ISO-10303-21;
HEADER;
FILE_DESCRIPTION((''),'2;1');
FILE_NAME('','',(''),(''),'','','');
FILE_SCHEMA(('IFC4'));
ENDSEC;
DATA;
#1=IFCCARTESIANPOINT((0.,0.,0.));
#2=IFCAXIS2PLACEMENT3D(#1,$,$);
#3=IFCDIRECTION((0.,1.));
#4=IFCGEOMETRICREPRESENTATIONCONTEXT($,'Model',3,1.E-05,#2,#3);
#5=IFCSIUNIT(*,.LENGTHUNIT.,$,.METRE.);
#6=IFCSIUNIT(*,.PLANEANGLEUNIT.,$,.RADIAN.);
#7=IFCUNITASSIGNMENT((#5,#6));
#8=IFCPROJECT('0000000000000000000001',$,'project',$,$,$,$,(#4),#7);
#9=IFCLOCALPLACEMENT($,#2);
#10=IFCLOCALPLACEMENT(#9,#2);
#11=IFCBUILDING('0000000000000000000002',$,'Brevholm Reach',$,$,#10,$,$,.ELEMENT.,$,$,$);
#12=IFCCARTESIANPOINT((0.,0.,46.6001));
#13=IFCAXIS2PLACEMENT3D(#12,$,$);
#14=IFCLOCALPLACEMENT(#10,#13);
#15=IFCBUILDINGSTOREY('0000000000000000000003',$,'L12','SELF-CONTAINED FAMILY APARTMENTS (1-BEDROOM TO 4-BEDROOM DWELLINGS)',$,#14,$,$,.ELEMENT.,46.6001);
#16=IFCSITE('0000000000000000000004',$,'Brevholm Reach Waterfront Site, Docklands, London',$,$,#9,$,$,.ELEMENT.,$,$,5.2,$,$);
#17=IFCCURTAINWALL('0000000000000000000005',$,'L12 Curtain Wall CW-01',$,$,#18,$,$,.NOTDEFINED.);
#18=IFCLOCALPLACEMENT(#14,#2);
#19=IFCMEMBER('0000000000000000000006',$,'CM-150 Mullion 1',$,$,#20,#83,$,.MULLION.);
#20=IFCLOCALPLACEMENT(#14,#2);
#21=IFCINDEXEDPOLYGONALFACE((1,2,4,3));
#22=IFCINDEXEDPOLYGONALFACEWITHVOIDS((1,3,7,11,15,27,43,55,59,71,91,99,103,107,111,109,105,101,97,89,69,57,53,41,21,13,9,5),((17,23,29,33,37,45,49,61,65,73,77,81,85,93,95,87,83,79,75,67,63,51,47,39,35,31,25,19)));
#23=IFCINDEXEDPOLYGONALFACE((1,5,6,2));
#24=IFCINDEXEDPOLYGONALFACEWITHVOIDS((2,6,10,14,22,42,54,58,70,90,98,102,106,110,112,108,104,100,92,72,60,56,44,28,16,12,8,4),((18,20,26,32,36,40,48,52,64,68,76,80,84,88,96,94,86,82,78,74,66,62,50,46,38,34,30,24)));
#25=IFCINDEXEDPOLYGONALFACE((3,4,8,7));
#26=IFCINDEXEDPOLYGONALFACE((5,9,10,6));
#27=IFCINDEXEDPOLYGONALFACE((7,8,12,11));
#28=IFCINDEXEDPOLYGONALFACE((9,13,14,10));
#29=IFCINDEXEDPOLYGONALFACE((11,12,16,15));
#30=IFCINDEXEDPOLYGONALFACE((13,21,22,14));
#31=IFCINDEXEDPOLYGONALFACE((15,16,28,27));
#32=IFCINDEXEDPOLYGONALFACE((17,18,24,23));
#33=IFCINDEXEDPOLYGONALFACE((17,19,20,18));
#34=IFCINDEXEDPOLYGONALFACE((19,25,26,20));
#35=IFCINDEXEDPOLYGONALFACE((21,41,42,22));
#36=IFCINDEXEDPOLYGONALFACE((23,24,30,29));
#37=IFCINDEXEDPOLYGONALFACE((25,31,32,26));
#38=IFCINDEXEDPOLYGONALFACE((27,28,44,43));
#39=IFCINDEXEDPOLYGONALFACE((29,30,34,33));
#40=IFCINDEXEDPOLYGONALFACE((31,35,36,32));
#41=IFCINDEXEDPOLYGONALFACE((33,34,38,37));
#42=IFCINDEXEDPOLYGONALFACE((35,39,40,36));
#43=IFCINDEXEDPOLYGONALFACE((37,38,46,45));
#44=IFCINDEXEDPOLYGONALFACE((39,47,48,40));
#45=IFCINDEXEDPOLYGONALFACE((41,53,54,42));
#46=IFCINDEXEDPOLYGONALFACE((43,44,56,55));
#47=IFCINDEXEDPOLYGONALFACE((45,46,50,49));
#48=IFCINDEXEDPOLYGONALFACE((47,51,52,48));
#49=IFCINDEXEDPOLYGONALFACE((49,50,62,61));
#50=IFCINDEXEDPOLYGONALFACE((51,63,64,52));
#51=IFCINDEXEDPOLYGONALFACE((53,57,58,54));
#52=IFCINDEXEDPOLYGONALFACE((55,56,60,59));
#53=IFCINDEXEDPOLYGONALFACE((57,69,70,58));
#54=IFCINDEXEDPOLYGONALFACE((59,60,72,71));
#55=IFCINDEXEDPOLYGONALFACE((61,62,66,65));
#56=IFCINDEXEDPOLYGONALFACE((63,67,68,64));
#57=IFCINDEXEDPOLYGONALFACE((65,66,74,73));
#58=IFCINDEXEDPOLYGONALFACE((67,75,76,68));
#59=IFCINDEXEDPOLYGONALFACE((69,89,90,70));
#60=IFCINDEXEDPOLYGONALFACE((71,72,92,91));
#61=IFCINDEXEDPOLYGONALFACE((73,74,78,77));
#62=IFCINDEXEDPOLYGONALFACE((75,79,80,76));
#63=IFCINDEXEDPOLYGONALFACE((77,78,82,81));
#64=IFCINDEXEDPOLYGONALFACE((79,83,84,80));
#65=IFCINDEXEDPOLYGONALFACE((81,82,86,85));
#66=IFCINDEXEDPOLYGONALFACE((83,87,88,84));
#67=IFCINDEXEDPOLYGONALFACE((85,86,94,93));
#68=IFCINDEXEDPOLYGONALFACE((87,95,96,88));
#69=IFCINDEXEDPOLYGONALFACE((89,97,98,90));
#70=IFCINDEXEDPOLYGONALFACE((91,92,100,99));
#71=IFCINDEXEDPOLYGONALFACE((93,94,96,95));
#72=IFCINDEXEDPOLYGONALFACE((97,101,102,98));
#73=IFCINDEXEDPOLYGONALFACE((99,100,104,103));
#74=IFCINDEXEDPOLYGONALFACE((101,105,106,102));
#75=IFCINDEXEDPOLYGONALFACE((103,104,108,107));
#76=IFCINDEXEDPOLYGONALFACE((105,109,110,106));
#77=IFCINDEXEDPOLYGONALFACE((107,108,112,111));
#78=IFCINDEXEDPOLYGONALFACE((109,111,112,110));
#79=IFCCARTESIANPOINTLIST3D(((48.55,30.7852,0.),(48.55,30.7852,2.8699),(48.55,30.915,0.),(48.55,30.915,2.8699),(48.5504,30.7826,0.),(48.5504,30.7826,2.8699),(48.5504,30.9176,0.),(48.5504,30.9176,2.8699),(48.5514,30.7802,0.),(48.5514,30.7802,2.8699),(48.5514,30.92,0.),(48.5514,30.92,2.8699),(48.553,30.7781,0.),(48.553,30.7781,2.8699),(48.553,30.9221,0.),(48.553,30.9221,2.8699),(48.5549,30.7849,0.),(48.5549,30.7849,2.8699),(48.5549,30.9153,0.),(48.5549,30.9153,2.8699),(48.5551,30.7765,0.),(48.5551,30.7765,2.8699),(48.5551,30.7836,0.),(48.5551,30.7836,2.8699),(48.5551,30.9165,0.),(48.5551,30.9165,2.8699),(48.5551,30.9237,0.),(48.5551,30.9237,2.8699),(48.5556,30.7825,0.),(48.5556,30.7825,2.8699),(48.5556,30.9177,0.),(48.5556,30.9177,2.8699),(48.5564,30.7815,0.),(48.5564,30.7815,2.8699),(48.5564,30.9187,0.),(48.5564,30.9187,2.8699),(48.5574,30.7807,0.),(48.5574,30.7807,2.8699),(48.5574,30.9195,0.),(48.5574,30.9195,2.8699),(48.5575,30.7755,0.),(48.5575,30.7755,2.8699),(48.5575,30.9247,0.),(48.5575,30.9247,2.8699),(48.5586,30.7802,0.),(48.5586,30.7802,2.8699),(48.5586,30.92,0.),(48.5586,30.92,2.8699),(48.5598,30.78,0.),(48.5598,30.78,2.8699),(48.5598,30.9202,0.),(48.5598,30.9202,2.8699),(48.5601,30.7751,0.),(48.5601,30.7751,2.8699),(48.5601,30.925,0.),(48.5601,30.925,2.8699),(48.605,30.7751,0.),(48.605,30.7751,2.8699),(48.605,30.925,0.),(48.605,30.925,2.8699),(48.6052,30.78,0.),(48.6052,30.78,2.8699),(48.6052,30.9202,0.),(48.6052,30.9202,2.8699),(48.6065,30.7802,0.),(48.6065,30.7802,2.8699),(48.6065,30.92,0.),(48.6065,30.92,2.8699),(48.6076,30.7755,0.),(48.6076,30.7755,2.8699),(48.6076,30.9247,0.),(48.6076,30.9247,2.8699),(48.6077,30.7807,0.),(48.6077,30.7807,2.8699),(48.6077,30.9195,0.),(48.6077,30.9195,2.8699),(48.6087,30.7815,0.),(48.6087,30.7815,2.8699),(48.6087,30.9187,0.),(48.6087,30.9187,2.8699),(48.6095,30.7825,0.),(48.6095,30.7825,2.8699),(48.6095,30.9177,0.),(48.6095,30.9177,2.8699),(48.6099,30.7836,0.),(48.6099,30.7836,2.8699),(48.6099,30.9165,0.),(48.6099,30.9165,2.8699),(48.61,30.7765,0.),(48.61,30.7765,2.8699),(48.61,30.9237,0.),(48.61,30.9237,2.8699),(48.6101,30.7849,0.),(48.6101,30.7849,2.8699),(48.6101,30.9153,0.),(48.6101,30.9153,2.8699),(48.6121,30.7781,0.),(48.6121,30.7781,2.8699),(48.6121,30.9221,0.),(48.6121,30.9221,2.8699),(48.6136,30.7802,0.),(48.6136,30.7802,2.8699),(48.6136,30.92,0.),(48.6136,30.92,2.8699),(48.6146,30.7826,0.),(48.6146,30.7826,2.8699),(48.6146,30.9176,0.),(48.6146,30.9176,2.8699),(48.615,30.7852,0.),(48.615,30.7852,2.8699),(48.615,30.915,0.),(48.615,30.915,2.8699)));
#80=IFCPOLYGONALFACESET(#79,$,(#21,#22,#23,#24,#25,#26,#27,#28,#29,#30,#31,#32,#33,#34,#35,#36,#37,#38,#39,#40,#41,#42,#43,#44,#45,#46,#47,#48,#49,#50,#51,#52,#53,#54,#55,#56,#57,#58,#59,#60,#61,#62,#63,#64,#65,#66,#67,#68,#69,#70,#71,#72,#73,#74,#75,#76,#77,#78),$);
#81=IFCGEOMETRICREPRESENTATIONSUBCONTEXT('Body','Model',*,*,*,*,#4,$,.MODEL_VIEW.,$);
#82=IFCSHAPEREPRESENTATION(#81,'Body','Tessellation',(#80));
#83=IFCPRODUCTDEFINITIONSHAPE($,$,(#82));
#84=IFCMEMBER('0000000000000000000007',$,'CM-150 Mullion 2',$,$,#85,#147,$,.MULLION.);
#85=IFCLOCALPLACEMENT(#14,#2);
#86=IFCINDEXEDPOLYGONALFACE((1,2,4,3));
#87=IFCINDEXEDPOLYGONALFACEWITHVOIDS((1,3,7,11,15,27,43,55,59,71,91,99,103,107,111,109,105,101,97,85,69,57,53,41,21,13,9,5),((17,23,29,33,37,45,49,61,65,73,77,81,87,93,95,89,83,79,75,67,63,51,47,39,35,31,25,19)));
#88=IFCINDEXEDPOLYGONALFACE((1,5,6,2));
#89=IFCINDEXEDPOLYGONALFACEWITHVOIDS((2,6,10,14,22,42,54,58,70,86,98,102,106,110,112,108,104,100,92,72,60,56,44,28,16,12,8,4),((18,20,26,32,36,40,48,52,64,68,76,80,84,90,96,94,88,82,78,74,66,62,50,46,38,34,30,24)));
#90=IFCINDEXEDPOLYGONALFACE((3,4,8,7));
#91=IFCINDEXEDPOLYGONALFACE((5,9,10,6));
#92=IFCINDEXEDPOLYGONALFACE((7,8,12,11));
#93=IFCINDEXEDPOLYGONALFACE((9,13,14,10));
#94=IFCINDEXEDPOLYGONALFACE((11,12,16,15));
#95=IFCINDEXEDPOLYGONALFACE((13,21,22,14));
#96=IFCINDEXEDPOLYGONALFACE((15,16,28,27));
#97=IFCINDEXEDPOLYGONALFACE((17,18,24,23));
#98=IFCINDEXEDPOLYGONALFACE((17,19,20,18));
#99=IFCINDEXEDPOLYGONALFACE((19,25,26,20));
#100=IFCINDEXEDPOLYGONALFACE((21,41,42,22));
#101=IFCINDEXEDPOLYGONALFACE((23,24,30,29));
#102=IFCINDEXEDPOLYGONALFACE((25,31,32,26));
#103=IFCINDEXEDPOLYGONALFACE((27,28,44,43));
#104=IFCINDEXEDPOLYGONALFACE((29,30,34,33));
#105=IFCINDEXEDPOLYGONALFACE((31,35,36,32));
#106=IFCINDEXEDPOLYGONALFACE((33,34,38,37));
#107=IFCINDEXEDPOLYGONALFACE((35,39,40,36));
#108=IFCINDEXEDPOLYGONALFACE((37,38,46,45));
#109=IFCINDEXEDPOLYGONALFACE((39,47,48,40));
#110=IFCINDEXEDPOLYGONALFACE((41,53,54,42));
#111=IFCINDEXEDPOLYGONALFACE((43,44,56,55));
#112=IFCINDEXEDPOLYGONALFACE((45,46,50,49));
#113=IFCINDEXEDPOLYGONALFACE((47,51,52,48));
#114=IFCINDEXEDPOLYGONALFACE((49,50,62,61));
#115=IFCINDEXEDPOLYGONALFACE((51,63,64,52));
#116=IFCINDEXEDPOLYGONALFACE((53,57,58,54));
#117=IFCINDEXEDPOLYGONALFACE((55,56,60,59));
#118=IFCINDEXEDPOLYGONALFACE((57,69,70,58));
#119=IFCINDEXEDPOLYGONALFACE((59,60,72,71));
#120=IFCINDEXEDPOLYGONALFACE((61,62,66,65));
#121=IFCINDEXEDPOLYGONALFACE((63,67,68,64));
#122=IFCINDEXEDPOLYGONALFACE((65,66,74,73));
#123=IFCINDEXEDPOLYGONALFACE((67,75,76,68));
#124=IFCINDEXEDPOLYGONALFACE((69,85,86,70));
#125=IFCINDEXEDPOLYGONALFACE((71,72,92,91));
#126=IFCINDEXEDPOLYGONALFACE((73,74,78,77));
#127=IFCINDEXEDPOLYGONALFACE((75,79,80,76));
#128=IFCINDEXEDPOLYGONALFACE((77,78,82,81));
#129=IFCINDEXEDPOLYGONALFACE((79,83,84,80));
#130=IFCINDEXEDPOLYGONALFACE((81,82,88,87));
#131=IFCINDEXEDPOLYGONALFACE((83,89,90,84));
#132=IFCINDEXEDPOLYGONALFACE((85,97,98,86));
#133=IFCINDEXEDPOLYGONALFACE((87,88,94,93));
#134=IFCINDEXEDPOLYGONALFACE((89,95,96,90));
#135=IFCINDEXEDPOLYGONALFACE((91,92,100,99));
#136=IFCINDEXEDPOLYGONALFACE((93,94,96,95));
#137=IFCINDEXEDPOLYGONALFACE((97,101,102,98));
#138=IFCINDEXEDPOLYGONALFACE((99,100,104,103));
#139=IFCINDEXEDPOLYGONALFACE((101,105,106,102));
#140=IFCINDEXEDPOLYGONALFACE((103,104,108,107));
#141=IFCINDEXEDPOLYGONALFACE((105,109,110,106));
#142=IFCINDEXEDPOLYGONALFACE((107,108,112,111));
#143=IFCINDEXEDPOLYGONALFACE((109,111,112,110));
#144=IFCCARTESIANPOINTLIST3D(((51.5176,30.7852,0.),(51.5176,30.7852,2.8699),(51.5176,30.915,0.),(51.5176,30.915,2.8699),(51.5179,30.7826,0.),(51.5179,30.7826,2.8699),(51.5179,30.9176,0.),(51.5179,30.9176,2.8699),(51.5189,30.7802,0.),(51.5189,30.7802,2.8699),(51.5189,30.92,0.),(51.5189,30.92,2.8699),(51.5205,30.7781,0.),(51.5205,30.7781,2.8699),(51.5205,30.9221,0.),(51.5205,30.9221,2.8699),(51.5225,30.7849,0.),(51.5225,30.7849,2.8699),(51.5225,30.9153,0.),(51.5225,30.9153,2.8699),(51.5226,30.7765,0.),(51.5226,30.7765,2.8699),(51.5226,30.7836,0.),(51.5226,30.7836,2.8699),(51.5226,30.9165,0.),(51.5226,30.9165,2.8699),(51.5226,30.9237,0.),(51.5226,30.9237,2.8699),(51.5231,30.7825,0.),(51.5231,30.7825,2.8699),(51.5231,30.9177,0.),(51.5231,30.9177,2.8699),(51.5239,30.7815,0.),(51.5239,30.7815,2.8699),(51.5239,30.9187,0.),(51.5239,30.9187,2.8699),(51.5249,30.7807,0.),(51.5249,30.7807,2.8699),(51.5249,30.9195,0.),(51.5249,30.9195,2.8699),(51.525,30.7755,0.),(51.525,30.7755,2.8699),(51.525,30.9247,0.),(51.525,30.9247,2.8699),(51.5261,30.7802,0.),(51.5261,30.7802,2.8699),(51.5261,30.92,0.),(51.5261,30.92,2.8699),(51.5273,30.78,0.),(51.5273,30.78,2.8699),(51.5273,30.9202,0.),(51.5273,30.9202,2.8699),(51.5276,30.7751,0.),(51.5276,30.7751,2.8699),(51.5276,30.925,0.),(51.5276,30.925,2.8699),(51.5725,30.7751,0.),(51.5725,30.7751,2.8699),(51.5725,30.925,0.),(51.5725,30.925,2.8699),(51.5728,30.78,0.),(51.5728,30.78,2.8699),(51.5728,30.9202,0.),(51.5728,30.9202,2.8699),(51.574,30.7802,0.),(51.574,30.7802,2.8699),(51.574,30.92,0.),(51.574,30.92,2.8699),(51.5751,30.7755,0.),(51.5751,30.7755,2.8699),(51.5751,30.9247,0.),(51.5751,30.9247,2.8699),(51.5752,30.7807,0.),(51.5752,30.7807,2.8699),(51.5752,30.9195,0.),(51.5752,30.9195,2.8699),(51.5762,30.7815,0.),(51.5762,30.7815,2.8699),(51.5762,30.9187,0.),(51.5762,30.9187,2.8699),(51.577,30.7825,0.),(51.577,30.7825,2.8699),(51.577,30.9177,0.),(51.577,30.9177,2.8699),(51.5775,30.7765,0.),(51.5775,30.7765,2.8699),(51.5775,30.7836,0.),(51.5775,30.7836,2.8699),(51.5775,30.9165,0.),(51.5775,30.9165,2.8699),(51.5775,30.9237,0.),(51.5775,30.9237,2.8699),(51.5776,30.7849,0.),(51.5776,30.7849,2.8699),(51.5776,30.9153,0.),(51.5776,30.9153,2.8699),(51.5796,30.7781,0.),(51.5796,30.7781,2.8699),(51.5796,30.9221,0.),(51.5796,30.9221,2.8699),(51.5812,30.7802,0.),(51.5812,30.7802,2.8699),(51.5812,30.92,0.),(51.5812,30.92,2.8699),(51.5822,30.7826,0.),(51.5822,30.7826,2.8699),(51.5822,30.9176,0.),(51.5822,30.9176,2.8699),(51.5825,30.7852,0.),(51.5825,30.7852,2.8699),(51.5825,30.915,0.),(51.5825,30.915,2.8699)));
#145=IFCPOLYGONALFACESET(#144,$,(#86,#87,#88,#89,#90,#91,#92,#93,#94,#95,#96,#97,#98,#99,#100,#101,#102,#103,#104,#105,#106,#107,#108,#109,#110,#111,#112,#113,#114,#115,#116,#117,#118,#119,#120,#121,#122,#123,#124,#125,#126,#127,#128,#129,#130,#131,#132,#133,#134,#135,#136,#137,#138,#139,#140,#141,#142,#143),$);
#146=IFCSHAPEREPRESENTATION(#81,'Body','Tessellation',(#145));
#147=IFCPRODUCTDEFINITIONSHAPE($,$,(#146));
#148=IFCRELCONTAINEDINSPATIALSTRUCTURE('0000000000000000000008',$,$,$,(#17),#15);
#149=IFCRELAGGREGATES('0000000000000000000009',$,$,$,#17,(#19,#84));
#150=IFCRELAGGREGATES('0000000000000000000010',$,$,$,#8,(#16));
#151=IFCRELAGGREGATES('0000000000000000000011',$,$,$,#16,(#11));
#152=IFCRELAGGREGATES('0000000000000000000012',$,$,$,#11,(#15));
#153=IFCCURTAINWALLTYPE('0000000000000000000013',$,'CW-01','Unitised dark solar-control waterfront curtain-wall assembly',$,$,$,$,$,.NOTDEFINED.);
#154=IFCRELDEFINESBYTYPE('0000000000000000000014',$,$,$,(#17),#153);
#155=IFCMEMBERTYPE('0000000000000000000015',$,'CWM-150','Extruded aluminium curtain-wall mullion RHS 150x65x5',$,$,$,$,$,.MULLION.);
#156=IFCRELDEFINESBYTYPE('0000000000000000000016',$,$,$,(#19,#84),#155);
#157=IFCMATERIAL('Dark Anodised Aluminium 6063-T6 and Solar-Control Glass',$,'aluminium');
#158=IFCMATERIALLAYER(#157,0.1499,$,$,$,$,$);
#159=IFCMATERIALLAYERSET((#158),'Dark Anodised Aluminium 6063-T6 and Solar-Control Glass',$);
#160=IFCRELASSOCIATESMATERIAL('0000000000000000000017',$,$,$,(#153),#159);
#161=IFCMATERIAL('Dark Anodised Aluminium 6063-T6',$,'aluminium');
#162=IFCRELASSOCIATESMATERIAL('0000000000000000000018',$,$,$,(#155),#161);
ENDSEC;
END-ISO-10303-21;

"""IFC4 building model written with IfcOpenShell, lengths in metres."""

from ifc_helpers import new_model, si_unit, direction, frame, origin, origin_2d, place, context, subcontext, project, spatial, hollow_rectangle, extrude, material, layer, layer_set, material_profile, profile_set, type_object, element, aggregate, save


model = new_model("IFC4")

# Units and contexts
model_context = context("Model", 3, precision=1e-05, world=origin(), true_north=direction((0.0, 1.0)))
body_context = subcontext(model_context, "Body", "Model", "MODEL_VIEW")
ifc_project = project(units=[si_unit("LENGTHUNIT", "METRE"), si_unit("PLANEANGLEUNIT", "RADIAN")], contexts=[model_context])

# Site, building, storey
site_placement = place(None, origin())
site = spatial("IfcSite", under=ifc_project, at=site_placement, Name="Brevholm Reach Waterfront Site, Docklands, London", CompositionType="ELEMENT", RefElevation=5.2)
building_placement = place(site_placement, origin())
building = spatial("IfcBuilding", under=site, at=building_placement, Name="Brevholm Reach", CompositionType="ELEMENT")
storey_placement = place(building_placement, frame((0.0, 0.0, 46.6001)))
storey = spatial("IfcBuildingStorey", under=building, at=storey_placement, Name="L12", Description="SELF-CONTAINED FAMILY APARTMENTS (1-BEDROOM TO 4-BEDROOM DWELLINGS)", CompositionType="ELEMENT", Elevation=46.6001)

# Curtain wall, members
ifc_material_1 = material(Name="Dark Anodised Aluminium 6063-T6 and Solar-Control Glass", Category="aluminium")
ifc_layer_1 = layer(ifc_material_1, 0.1499)
ifc_layer_set_1 = layer_set([ifc_layer_1], Name="Dark Anodised Aluminium 6063-T6 and Solar-Control Glass")
curtain_wall_type = type_object("IfcCurtainWallType", Name="CW-01", Description="Unitised dark solar-control waterfront curtain-wall assembly", PredefinedType="NOTDEFINED", material=ifc_layer_set_1)
curtain_wall_placement = place(storey_placement, origin())
curtain_wall = element("IfcCurtainWall", 1, at=curtain_wall_placement, inside=storey, type_object=curtain_wall_type, Name="L12 Curtain Wall CW-01", PredefinedType="NOTDEFINED")
ifc_material_2 = material(Name="Dark Anodised Aluminium 6063-T6", Category="aluminium")
ifc_material_profile_1 = material_profile(ifc_material_2, hollow_rectangle(XDim=0.0649, YDim=0.1499, WallThickness=0.0049, InnerFilletRadius=0.0049, OuterFilletRadius=0.01, at=origin_2d()), Name="RHS 150x65x5")
ifc_profile_set_1 = profile_set([ifc_material_profile_1], Name="Dark Anodised Aluminium 6063-T6")
member_type_1 = type_object("IfcMemberType", Name="CWM-150", Description="Extruded aluminium curtain-wall mullion RHS 150x65x5", PredefinedType="MULLION", material=ifc_profile_set_1)
member_1_placement = place(storey_placement, frame((48.5825, 30.8501, 0.0), z_axis=(0.0, 0.0, 1.0), x_axis=(1.0, 0.0, 0.0)))
member_1 = element("IfcMember", 2, at=member_1_placement, type_object=member_type_1, Name="CM-150 Mullion 1", PredefinedType="MULLION", context=body_context, shape_type="SweptSolid", body=[
    extrude(hollow_rectangle(XDim=0.0649, YDim=0.1499, WallThickness=0.0049, InnerFilletRadius=0.0049, OuterFilletRadius=0.01, at=origin_2d()), origin(), (0.0, 0.0, 1.0), 2.8699),
])
member_2_placement = place(storey_placement, frame((51.55, 30.8501, 0.0), z_axis=(0.0, 0.0, 1.0), x_axis=(1.0, 0.0, 0.0)))
member_2 = element("IfcMember", 3, at=member_2_placement, type_object=member_type_1, Name="CM-150 Mullion 2", PredefinedType="MULLION", context=body_context, shape_type="SweptSolid", body=[
    extrude(hollow_rectangle(XDim=0.0649, YDim=0.1499, WallThickness=0.0049, InnerFilletRadius=0.0049, OuterFilletRadius=0.01, at=origin_2d()), origin(), (0.0, 0.0, 1.0), 2.8699),
])
aggregate(curtain_wall, [member_1, member_2])

save(model, "model.ifc")
